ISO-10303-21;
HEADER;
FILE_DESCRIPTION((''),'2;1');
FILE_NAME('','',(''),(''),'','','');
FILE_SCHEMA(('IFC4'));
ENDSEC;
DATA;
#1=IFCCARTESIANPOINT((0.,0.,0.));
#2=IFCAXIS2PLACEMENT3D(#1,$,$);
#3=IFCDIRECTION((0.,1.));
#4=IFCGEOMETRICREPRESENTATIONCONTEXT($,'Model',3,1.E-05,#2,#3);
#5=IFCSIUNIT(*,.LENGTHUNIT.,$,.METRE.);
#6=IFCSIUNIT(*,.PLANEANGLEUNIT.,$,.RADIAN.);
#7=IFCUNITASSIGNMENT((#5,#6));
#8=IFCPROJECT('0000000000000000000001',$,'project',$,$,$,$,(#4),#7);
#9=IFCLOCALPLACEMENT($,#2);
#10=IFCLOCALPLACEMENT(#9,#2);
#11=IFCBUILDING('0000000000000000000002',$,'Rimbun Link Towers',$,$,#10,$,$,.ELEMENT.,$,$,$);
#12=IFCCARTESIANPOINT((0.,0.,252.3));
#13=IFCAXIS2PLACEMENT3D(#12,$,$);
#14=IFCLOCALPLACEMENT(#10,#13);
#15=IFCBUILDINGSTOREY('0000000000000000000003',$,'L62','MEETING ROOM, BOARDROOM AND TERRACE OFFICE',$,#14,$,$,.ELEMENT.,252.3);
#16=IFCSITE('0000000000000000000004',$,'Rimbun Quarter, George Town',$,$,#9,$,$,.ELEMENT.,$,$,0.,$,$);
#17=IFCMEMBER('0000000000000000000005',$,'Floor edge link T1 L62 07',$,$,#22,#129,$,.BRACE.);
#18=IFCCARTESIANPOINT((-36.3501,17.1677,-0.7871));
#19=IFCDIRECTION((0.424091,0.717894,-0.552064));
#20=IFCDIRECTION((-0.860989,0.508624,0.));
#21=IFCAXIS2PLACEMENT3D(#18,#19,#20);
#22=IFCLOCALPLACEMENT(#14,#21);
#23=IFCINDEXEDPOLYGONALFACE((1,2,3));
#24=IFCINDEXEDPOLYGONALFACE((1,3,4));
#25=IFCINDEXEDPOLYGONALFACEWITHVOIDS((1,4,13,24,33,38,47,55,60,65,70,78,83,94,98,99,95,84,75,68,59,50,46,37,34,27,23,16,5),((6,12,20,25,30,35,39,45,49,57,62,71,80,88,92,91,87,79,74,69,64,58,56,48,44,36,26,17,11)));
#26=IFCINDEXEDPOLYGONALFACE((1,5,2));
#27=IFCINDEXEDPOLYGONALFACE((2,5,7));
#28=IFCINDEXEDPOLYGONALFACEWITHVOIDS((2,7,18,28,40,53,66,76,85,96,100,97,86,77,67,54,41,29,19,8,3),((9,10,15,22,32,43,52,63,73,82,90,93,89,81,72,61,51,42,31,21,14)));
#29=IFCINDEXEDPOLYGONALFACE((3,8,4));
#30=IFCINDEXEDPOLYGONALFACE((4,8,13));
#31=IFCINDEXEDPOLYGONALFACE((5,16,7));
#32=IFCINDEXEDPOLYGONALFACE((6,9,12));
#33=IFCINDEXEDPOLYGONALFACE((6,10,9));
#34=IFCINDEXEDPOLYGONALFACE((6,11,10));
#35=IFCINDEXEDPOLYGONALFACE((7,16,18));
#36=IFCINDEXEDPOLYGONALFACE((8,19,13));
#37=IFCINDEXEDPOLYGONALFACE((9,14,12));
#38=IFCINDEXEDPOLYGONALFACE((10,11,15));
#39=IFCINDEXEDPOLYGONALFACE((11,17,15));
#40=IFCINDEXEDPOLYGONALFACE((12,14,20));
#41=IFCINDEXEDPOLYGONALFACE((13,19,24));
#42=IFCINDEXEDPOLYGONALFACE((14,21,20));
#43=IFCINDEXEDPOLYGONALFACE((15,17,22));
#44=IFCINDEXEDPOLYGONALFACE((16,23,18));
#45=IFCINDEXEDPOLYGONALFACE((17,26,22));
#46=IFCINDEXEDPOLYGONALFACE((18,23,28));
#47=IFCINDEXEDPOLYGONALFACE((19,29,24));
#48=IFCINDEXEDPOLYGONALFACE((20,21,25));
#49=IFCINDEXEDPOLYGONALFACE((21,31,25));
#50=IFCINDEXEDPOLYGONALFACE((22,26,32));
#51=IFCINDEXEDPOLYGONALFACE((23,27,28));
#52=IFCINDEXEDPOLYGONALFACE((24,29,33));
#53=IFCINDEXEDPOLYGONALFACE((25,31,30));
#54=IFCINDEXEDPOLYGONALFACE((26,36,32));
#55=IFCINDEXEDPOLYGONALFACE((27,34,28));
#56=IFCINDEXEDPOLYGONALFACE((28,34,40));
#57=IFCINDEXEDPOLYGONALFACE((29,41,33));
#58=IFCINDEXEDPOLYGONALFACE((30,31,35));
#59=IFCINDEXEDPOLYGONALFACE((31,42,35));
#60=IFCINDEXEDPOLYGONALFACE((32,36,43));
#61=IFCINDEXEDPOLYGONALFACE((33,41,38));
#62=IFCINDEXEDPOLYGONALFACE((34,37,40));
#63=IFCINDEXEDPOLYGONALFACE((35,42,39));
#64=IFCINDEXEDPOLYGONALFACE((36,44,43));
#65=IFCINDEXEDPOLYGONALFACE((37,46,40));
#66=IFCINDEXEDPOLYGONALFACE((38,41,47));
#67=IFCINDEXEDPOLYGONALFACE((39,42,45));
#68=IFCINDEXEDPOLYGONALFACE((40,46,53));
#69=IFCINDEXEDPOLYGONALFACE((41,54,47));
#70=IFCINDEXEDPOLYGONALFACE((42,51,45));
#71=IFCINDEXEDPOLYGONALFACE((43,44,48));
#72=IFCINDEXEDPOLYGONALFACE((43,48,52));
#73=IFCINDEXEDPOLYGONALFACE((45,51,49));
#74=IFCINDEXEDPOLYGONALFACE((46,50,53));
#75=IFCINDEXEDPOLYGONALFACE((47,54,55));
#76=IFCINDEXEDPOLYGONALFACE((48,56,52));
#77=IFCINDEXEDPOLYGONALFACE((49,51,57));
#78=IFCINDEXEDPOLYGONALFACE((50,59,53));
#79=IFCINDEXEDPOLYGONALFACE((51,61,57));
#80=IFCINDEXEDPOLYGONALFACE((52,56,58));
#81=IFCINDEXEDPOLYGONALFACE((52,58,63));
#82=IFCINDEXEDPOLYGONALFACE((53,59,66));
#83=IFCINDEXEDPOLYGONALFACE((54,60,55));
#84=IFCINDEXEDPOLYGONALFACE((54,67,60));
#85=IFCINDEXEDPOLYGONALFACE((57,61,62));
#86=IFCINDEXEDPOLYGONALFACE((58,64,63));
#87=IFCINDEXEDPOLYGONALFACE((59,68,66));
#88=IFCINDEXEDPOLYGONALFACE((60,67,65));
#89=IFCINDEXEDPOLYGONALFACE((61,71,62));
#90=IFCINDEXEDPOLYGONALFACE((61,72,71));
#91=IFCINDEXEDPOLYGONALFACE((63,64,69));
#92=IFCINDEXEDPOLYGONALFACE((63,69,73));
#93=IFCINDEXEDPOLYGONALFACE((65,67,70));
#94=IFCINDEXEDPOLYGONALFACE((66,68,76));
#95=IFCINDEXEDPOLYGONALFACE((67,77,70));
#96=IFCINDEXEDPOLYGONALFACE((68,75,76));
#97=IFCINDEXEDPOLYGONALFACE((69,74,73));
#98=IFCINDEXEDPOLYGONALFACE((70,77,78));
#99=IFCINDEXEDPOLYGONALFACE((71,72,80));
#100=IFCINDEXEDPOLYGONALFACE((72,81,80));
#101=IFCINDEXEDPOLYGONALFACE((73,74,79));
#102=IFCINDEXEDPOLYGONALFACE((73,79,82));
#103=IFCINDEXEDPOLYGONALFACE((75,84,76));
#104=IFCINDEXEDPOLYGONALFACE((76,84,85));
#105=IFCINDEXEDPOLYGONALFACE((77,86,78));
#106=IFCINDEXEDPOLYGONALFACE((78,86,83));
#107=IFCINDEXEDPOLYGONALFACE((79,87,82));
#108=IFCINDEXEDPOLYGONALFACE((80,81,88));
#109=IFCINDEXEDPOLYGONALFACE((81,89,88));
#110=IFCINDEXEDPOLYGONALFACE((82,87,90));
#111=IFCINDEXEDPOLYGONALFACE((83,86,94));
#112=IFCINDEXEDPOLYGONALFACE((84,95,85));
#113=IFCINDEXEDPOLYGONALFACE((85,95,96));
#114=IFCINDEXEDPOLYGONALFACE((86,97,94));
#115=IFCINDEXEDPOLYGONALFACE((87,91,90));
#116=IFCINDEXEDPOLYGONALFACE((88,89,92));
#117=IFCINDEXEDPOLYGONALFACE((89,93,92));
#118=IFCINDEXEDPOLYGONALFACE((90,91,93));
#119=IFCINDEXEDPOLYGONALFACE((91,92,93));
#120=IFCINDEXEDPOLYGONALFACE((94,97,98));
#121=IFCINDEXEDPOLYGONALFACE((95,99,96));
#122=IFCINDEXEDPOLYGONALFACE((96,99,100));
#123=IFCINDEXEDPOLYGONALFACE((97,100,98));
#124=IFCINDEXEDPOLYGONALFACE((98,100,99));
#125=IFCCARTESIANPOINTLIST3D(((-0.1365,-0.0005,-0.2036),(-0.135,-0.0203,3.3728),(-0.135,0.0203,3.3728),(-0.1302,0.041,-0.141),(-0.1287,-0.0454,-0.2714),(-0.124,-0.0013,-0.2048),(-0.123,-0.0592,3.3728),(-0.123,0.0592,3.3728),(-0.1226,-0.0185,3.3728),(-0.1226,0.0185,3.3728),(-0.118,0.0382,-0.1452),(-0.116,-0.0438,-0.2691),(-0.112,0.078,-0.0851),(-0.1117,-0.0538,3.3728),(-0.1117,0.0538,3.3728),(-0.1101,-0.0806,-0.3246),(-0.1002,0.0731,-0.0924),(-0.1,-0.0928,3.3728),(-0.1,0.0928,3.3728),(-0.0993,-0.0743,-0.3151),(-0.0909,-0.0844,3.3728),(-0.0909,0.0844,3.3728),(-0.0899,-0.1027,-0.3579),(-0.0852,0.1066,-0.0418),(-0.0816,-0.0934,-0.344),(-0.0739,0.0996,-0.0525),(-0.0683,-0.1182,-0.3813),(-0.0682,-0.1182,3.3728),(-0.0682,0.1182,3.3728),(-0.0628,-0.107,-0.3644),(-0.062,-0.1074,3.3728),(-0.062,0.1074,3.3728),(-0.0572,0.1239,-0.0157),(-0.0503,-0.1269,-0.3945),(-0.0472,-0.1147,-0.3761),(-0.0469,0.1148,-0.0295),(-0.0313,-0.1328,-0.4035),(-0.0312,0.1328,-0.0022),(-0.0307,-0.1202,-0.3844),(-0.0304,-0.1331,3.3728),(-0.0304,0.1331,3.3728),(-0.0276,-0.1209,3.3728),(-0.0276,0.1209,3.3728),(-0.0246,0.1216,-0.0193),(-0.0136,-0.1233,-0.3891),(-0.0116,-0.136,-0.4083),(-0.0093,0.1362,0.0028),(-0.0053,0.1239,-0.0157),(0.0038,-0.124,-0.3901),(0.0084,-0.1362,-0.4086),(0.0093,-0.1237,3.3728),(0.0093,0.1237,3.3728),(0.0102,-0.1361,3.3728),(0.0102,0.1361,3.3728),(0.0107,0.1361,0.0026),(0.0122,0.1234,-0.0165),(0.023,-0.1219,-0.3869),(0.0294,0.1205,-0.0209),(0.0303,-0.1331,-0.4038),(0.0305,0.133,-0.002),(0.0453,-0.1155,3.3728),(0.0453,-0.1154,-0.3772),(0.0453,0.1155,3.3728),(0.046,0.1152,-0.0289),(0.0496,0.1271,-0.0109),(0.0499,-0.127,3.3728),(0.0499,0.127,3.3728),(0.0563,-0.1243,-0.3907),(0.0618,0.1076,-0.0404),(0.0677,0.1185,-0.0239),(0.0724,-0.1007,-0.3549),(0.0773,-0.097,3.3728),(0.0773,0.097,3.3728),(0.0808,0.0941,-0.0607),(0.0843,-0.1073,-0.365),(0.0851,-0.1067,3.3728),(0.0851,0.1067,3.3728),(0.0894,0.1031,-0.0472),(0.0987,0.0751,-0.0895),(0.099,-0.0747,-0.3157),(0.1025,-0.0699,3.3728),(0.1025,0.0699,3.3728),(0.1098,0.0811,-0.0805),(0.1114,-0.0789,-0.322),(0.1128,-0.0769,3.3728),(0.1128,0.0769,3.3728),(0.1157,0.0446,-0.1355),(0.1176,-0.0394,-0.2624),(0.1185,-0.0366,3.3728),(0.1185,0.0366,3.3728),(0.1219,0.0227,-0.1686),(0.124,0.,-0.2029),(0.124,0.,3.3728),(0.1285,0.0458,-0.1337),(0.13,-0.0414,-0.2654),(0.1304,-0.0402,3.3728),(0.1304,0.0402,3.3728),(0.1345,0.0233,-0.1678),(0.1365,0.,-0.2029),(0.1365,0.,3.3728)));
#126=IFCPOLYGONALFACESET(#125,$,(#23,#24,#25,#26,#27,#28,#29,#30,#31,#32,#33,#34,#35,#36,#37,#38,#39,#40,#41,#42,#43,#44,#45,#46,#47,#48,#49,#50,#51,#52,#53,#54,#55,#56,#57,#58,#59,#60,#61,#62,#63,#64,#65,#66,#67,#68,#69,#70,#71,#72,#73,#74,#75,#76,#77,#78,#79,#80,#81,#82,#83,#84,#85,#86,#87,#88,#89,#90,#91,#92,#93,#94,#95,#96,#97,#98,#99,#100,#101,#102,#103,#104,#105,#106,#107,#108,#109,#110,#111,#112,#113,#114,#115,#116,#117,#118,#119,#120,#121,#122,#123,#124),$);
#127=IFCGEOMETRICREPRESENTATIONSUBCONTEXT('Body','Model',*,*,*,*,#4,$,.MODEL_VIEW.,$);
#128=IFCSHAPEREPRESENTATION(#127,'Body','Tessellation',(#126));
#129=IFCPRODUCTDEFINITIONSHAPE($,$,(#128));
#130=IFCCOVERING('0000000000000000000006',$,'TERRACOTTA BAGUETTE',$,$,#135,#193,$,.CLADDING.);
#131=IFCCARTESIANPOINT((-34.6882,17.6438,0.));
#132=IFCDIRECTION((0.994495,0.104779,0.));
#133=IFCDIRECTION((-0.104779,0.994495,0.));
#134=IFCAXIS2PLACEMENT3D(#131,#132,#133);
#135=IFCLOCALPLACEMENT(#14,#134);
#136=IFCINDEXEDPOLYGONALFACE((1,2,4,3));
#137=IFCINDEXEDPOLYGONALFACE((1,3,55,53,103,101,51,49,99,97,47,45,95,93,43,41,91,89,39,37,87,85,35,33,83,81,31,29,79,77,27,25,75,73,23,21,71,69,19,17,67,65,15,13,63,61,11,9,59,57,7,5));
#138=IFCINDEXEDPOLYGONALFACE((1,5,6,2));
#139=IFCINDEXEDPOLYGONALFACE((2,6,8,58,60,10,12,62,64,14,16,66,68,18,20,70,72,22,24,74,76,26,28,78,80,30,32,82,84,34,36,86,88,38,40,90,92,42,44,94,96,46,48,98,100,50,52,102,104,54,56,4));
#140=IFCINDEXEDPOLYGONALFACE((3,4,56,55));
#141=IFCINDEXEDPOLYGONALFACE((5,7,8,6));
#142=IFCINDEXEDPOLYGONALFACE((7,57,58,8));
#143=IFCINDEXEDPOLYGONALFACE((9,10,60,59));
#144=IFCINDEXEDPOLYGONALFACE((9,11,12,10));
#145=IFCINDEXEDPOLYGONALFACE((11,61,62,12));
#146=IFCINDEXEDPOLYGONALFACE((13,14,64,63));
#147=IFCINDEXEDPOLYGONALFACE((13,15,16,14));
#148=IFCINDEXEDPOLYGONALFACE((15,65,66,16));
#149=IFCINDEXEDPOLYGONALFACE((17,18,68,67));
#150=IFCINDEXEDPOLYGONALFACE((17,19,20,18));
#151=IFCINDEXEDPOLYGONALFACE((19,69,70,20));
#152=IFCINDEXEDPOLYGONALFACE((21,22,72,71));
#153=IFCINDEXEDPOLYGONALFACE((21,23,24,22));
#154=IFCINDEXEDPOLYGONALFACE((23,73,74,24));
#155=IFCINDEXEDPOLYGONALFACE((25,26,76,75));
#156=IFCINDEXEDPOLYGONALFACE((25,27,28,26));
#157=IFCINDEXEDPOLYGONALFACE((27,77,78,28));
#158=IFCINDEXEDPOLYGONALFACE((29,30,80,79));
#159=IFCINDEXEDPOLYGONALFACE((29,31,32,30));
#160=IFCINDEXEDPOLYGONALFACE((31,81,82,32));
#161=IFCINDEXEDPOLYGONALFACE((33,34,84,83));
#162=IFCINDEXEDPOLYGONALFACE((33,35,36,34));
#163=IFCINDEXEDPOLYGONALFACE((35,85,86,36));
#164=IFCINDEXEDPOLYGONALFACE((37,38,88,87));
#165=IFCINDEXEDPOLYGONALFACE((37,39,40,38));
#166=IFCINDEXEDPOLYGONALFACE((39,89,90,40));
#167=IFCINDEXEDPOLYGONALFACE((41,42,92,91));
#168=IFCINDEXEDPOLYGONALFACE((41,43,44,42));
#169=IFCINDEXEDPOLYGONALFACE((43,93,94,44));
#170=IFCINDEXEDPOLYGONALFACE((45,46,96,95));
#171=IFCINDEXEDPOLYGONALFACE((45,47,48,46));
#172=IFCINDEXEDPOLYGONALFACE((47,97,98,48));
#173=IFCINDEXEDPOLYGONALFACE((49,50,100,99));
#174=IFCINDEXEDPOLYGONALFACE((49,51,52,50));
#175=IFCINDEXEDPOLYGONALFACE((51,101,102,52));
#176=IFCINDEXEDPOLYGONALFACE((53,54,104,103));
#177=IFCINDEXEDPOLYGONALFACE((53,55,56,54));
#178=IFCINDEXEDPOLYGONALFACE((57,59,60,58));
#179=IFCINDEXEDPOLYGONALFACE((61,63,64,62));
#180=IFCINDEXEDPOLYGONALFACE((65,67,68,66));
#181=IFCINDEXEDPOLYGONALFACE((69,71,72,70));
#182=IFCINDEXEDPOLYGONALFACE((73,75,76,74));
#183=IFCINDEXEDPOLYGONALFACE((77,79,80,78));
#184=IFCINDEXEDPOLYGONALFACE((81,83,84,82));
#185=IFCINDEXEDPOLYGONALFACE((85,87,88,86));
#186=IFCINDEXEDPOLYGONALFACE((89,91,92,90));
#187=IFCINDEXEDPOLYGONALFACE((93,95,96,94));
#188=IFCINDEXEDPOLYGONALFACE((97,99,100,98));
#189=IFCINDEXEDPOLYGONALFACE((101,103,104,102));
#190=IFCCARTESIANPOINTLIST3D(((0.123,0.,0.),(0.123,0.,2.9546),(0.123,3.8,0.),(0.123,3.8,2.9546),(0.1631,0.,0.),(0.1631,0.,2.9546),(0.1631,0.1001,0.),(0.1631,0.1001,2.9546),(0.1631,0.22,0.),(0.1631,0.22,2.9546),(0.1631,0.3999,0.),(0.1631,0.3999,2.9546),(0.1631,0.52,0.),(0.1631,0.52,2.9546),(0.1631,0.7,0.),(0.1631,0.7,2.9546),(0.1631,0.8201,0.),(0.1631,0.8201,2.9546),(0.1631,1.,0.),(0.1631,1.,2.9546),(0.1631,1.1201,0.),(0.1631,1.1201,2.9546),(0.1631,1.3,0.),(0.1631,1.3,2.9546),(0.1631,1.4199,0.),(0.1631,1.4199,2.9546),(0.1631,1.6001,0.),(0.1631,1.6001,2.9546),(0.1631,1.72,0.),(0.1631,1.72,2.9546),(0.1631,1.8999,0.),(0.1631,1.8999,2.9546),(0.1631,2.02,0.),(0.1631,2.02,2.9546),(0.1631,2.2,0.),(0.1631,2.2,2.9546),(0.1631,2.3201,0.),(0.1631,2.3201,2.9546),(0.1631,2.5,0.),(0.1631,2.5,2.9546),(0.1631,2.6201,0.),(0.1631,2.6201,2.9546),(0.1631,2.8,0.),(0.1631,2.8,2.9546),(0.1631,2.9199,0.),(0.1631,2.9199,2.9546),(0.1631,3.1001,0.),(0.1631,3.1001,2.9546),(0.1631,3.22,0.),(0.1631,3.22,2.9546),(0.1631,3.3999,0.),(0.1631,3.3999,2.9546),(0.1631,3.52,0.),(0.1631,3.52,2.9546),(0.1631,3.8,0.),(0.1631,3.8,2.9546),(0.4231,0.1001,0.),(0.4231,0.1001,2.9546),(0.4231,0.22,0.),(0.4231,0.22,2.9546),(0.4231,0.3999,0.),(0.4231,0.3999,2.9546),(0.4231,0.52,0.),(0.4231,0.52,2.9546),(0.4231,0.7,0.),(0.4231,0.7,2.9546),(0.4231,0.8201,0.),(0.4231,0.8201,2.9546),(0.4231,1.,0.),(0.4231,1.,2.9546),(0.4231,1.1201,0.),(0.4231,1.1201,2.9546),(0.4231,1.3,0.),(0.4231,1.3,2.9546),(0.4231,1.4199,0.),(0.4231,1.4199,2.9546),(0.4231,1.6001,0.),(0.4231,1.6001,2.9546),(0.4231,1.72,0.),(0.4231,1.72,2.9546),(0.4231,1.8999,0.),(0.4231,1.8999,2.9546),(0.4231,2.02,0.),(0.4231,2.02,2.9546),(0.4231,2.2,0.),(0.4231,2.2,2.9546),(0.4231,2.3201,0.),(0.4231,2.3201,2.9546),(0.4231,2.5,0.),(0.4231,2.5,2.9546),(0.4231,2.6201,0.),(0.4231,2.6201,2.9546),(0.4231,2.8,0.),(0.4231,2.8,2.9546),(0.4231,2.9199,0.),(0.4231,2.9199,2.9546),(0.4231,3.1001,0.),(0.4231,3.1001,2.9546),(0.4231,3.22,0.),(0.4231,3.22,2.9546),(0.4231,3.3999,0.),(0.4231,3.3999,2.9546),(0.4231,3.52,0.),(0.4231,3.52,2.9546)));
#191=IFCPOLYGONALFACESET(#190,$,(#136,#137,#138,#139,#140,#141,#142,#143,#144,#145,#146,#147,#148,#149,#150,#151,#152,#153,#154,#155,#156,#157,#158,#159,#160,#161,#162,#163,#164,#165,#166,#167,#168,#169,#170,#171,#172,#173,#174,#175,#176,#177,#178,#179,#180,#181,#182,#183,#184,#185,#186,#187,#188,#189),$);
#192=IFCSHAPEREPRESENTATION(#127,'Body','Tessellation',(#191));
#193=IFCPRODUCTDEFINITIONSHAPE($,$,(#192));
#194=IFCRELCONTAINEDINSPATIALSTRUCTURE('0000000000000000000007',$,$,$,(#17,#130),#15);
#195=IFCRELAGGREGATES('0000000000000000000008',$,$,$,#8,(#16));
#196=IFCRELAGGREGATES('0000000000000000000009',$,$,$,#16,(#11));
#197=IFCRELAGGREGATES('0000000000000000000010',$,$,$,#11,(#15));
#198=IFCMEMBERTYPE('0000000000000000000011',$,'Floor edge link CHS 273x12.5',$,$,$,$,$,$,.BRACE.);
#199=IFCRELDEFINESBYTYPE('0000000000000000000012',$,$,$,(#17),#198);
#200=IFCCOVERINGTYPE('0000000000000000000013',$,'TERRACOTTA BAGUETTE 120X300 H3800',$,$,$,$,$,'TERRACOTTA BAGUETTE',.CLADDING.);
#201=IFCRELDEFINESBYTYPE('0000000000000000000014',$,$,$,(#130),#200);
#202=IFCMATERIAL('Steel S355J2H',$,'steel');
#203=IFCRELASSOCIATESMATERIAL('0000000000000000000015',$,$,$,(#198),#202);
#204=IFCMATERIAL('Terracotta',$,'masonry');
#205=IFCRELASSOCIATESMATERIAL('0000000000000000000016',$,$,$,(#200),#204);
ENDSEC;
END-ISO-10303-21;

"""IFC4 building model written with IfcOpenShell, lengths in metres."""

from ifc_helpers import new_model, si_unit, direction, frame, origin, origin_2d, place, context, subcontext, project, spatial, polyline, hollow_circle, outline, extrude, clip, halfspace, material, material_profile, profile_set, type_object, element, save


model = new_model("IFC4")

# Units and contexts
model_context = context("Model", 3, precision=1e-05, world=origin(), true_north=direction((0.0, 1.0)))
body_context = subcontext(model_context, "Body", "Model", "MODEL_VIEW")
ifc_project = project(units=[si_unit("LENGTHUNIT", "METRE"), si_unit("PLANEANGLEUNIT", "RADIAN")], contexts=[model_context])

# Site, building, storey
site_placement = place(None, origin())
site = spatial("IfcSite", under=ifc_project, at=site_placement, Name="Rimbun Quarter, George Town", CompositionType="ELEMENT", RefElevation=0.0)
building_placement = place(site_placement, origin())
building = spatial("IfcBuilding", under=site, at=building_placement, Name="Rimbun Link Towers", CompositionType="ELEMENT")
storey_placement = place(building_placement, frame((0.0, 0.0, 252.3)))
storey = spatial("IfcBuildingStorey", under=building, at=storey_placement, Name="L62", Description="MEETING ROOM, BOARDROOM AND TERRACE OFFICE", CompositionType="ELEMENT", Elevation=252.3)

# Member
ifc_material_1 = material(Name="Steel S355J2H", Category="steel")
ifc_material_profile_1 = material_profile(ifc_material_1, hollow_circle(Radius=0.1365, WallThickness=0.0125, at=origin_2d()), Name="CHS 273x12.5")
ifc_profile_set_1 = profile_set([ifc_material_profile_1], Name="Steel S355J2H")
member_type_1 = type_object("IfcMemberType", Name="Floor edge link CHS 273x12.5", PredefinedType="BRACE", material=ifc_profile_set_1)
member_1_placement = place(storey_placement, frame((-36.3501, 17.1677, -0.7871), z_axis=(0.424091, 0.717894, -0.552064), x_axis=(-0.860989, 0.508624, 0.0)))
element("IfcMember", 1, at=member_1_placement, inside=storey, type_object=member_type_1, Name="Floor edge link T1 L62 07", PredefinedType="BRACE", context=body_context, shape_type="Clipping", body=[
    clip(extrude(hollow_circle(Radius=0.1365, WallThickness=0.0125, at=origin_2d()), frame((0.0, 0.0, -0.4304)), (0.0, 0.0, 1.0), 3.8032), halfspace(frame((0.0, 0.0, -0.2029), z_axis=(0.0, 0.833801, -0.552064)), False)),
])

# Covering
ifc_material_2 = material(Name="Terracotta", Category="masonry")
ifc_material_profile_2 = material_profile(ifc_material_2, outline(polyline([(0.123, 0.0), (0.1631, 0.0), (0.1631, 0.1001), (0.4231, 0.1001), (0.4231, 0.22), (0.1631, 0.22), (0.1631, 0.3999), (0.4231, 0.3999), (0.4231, 0.52), (0.1631, 0.52), (0.1631, 0.7), (0.4231, 0.7), (0.4231, 0.8201), (0.1631, 0.8201), (0.1631, 1.0), (0.4231, 1.0), (0.4231, 1.1201), (0.1631, 1.1201), (0.1631, 1.3), (0.4231, 1.3), (0.4231, 1.4199), (0.1631, 1.4199), (0.1631, 1.6001), (0.4231, 1.6001), (0.4231, 1.72), (0.1631, 1.72), (0.1631, 1.8999), (0.4231, 1.8999), (0.4231, 2.02), (0.1631, 2.02), (0.1631, 2.2), (0.4231, 2.2), (0.4231, 2.3201), (0.1631, 2.3201), (0.1631, 2.5), (0.4231, 2.5), (0.4231, 2.6201), (0.1631, 2.6201), (0.1631, 2.8), (0.4231, 2.8), (0.4231, 2.9199), (0.1631, 2.9199), (0.1631, 3.1001), (0.4231, 3.1001), (0.4231, 3.22), (0.1631, 3.22), (0.1631, 3.3999), (0.4231, 3.3999), (0.4231, 3.52), (0.1631, 3.52), (0.1631, 3.8), (0.123, 3.8), (0.123, 0.0)])), Name="BAGUETTE 120X300")
ifc_profile_set_2 = profile_set([ifc_material_profile_2], Name="Terracotta")
covering_type = type_object("IfcCoveringType", Name="TERRACOTTA BAGUETTE 120X300 H3800", ElementType="TERRACOTTA BAGUETTE", PredefinedType="CLADDING", material=ifc_profile_set_2)
covering_1_placement = place(storey_placement, frame((-34.6882, 17.6438, 0.0), z_axis=(0.994495, 0.104779, 0.0), x_axis=(-0.104779, 0.994495, 0.0)))
element("IfcCovering", 2, at=covering_1_placement, inside=storey, type_object=covering_type, Name="TERRACOTTA BAGUETTE", PredefinedType="CLADDING", context=body_context, shape_type="SweptSolid", body=[
    extrude(outline(polyline([(0.123, 0.0), (0.1631, 0.0), (0.1631, 0.1001), (0.4231, 0.1001), (0.4231, 0.22), (0.1631, 0.22), (0.1631, 0.3999), (0.4231, 0.3999), (0.4231, 0.52), (0.1631, 0.52), (0.1631, 0.7), (0.4231, 0.7), (0.4231, 0.8201), (0.1631, 0.8201), (0.1631, 1.0), (0.4231, 1.0), (0.4231, 1.1201), (0.1631, 1.1201), (0.1631, 1.3), (0.4231, 1.3), (0.4231, 1.4199), (0.1631, 1.4199), (0.1631, 1.6001), (0.4231, 1.6001), (0.4231, 1.72), (0.1631, 1.72), (0.1631, 1.8999), (0.4231, 1.8999), (0.4231, 2.02), (0.1631, 2.02), (0.1631, 2.2), (0.4231, 2.2), (0.4231, 2.3201), (0.1631, 2.3201), (0.1631, 2.5), (0.4231, 2.5), (0.4231, 2.6201), (0.1631, 2.6201), (0.1631, 2.8), (0.4231, 2.8), (0.4231, 2.9199), (0.1631, 2.9199), (0.1631, 3.1001), (0.4231, 3.1001), (0.4231, 3.22), (0.1631, 3.22), (0.1631, 3.3999), (0.4231, 3.3999), (0.4231, 3.52), (0.1631, 3.52), (0.1631, 3.8), (0.123, 3.8), (0.123, 0.0)])), origin(), (0.0, 0.0, 1.0), 2.9546),
])

save(model, "model.ifc")
